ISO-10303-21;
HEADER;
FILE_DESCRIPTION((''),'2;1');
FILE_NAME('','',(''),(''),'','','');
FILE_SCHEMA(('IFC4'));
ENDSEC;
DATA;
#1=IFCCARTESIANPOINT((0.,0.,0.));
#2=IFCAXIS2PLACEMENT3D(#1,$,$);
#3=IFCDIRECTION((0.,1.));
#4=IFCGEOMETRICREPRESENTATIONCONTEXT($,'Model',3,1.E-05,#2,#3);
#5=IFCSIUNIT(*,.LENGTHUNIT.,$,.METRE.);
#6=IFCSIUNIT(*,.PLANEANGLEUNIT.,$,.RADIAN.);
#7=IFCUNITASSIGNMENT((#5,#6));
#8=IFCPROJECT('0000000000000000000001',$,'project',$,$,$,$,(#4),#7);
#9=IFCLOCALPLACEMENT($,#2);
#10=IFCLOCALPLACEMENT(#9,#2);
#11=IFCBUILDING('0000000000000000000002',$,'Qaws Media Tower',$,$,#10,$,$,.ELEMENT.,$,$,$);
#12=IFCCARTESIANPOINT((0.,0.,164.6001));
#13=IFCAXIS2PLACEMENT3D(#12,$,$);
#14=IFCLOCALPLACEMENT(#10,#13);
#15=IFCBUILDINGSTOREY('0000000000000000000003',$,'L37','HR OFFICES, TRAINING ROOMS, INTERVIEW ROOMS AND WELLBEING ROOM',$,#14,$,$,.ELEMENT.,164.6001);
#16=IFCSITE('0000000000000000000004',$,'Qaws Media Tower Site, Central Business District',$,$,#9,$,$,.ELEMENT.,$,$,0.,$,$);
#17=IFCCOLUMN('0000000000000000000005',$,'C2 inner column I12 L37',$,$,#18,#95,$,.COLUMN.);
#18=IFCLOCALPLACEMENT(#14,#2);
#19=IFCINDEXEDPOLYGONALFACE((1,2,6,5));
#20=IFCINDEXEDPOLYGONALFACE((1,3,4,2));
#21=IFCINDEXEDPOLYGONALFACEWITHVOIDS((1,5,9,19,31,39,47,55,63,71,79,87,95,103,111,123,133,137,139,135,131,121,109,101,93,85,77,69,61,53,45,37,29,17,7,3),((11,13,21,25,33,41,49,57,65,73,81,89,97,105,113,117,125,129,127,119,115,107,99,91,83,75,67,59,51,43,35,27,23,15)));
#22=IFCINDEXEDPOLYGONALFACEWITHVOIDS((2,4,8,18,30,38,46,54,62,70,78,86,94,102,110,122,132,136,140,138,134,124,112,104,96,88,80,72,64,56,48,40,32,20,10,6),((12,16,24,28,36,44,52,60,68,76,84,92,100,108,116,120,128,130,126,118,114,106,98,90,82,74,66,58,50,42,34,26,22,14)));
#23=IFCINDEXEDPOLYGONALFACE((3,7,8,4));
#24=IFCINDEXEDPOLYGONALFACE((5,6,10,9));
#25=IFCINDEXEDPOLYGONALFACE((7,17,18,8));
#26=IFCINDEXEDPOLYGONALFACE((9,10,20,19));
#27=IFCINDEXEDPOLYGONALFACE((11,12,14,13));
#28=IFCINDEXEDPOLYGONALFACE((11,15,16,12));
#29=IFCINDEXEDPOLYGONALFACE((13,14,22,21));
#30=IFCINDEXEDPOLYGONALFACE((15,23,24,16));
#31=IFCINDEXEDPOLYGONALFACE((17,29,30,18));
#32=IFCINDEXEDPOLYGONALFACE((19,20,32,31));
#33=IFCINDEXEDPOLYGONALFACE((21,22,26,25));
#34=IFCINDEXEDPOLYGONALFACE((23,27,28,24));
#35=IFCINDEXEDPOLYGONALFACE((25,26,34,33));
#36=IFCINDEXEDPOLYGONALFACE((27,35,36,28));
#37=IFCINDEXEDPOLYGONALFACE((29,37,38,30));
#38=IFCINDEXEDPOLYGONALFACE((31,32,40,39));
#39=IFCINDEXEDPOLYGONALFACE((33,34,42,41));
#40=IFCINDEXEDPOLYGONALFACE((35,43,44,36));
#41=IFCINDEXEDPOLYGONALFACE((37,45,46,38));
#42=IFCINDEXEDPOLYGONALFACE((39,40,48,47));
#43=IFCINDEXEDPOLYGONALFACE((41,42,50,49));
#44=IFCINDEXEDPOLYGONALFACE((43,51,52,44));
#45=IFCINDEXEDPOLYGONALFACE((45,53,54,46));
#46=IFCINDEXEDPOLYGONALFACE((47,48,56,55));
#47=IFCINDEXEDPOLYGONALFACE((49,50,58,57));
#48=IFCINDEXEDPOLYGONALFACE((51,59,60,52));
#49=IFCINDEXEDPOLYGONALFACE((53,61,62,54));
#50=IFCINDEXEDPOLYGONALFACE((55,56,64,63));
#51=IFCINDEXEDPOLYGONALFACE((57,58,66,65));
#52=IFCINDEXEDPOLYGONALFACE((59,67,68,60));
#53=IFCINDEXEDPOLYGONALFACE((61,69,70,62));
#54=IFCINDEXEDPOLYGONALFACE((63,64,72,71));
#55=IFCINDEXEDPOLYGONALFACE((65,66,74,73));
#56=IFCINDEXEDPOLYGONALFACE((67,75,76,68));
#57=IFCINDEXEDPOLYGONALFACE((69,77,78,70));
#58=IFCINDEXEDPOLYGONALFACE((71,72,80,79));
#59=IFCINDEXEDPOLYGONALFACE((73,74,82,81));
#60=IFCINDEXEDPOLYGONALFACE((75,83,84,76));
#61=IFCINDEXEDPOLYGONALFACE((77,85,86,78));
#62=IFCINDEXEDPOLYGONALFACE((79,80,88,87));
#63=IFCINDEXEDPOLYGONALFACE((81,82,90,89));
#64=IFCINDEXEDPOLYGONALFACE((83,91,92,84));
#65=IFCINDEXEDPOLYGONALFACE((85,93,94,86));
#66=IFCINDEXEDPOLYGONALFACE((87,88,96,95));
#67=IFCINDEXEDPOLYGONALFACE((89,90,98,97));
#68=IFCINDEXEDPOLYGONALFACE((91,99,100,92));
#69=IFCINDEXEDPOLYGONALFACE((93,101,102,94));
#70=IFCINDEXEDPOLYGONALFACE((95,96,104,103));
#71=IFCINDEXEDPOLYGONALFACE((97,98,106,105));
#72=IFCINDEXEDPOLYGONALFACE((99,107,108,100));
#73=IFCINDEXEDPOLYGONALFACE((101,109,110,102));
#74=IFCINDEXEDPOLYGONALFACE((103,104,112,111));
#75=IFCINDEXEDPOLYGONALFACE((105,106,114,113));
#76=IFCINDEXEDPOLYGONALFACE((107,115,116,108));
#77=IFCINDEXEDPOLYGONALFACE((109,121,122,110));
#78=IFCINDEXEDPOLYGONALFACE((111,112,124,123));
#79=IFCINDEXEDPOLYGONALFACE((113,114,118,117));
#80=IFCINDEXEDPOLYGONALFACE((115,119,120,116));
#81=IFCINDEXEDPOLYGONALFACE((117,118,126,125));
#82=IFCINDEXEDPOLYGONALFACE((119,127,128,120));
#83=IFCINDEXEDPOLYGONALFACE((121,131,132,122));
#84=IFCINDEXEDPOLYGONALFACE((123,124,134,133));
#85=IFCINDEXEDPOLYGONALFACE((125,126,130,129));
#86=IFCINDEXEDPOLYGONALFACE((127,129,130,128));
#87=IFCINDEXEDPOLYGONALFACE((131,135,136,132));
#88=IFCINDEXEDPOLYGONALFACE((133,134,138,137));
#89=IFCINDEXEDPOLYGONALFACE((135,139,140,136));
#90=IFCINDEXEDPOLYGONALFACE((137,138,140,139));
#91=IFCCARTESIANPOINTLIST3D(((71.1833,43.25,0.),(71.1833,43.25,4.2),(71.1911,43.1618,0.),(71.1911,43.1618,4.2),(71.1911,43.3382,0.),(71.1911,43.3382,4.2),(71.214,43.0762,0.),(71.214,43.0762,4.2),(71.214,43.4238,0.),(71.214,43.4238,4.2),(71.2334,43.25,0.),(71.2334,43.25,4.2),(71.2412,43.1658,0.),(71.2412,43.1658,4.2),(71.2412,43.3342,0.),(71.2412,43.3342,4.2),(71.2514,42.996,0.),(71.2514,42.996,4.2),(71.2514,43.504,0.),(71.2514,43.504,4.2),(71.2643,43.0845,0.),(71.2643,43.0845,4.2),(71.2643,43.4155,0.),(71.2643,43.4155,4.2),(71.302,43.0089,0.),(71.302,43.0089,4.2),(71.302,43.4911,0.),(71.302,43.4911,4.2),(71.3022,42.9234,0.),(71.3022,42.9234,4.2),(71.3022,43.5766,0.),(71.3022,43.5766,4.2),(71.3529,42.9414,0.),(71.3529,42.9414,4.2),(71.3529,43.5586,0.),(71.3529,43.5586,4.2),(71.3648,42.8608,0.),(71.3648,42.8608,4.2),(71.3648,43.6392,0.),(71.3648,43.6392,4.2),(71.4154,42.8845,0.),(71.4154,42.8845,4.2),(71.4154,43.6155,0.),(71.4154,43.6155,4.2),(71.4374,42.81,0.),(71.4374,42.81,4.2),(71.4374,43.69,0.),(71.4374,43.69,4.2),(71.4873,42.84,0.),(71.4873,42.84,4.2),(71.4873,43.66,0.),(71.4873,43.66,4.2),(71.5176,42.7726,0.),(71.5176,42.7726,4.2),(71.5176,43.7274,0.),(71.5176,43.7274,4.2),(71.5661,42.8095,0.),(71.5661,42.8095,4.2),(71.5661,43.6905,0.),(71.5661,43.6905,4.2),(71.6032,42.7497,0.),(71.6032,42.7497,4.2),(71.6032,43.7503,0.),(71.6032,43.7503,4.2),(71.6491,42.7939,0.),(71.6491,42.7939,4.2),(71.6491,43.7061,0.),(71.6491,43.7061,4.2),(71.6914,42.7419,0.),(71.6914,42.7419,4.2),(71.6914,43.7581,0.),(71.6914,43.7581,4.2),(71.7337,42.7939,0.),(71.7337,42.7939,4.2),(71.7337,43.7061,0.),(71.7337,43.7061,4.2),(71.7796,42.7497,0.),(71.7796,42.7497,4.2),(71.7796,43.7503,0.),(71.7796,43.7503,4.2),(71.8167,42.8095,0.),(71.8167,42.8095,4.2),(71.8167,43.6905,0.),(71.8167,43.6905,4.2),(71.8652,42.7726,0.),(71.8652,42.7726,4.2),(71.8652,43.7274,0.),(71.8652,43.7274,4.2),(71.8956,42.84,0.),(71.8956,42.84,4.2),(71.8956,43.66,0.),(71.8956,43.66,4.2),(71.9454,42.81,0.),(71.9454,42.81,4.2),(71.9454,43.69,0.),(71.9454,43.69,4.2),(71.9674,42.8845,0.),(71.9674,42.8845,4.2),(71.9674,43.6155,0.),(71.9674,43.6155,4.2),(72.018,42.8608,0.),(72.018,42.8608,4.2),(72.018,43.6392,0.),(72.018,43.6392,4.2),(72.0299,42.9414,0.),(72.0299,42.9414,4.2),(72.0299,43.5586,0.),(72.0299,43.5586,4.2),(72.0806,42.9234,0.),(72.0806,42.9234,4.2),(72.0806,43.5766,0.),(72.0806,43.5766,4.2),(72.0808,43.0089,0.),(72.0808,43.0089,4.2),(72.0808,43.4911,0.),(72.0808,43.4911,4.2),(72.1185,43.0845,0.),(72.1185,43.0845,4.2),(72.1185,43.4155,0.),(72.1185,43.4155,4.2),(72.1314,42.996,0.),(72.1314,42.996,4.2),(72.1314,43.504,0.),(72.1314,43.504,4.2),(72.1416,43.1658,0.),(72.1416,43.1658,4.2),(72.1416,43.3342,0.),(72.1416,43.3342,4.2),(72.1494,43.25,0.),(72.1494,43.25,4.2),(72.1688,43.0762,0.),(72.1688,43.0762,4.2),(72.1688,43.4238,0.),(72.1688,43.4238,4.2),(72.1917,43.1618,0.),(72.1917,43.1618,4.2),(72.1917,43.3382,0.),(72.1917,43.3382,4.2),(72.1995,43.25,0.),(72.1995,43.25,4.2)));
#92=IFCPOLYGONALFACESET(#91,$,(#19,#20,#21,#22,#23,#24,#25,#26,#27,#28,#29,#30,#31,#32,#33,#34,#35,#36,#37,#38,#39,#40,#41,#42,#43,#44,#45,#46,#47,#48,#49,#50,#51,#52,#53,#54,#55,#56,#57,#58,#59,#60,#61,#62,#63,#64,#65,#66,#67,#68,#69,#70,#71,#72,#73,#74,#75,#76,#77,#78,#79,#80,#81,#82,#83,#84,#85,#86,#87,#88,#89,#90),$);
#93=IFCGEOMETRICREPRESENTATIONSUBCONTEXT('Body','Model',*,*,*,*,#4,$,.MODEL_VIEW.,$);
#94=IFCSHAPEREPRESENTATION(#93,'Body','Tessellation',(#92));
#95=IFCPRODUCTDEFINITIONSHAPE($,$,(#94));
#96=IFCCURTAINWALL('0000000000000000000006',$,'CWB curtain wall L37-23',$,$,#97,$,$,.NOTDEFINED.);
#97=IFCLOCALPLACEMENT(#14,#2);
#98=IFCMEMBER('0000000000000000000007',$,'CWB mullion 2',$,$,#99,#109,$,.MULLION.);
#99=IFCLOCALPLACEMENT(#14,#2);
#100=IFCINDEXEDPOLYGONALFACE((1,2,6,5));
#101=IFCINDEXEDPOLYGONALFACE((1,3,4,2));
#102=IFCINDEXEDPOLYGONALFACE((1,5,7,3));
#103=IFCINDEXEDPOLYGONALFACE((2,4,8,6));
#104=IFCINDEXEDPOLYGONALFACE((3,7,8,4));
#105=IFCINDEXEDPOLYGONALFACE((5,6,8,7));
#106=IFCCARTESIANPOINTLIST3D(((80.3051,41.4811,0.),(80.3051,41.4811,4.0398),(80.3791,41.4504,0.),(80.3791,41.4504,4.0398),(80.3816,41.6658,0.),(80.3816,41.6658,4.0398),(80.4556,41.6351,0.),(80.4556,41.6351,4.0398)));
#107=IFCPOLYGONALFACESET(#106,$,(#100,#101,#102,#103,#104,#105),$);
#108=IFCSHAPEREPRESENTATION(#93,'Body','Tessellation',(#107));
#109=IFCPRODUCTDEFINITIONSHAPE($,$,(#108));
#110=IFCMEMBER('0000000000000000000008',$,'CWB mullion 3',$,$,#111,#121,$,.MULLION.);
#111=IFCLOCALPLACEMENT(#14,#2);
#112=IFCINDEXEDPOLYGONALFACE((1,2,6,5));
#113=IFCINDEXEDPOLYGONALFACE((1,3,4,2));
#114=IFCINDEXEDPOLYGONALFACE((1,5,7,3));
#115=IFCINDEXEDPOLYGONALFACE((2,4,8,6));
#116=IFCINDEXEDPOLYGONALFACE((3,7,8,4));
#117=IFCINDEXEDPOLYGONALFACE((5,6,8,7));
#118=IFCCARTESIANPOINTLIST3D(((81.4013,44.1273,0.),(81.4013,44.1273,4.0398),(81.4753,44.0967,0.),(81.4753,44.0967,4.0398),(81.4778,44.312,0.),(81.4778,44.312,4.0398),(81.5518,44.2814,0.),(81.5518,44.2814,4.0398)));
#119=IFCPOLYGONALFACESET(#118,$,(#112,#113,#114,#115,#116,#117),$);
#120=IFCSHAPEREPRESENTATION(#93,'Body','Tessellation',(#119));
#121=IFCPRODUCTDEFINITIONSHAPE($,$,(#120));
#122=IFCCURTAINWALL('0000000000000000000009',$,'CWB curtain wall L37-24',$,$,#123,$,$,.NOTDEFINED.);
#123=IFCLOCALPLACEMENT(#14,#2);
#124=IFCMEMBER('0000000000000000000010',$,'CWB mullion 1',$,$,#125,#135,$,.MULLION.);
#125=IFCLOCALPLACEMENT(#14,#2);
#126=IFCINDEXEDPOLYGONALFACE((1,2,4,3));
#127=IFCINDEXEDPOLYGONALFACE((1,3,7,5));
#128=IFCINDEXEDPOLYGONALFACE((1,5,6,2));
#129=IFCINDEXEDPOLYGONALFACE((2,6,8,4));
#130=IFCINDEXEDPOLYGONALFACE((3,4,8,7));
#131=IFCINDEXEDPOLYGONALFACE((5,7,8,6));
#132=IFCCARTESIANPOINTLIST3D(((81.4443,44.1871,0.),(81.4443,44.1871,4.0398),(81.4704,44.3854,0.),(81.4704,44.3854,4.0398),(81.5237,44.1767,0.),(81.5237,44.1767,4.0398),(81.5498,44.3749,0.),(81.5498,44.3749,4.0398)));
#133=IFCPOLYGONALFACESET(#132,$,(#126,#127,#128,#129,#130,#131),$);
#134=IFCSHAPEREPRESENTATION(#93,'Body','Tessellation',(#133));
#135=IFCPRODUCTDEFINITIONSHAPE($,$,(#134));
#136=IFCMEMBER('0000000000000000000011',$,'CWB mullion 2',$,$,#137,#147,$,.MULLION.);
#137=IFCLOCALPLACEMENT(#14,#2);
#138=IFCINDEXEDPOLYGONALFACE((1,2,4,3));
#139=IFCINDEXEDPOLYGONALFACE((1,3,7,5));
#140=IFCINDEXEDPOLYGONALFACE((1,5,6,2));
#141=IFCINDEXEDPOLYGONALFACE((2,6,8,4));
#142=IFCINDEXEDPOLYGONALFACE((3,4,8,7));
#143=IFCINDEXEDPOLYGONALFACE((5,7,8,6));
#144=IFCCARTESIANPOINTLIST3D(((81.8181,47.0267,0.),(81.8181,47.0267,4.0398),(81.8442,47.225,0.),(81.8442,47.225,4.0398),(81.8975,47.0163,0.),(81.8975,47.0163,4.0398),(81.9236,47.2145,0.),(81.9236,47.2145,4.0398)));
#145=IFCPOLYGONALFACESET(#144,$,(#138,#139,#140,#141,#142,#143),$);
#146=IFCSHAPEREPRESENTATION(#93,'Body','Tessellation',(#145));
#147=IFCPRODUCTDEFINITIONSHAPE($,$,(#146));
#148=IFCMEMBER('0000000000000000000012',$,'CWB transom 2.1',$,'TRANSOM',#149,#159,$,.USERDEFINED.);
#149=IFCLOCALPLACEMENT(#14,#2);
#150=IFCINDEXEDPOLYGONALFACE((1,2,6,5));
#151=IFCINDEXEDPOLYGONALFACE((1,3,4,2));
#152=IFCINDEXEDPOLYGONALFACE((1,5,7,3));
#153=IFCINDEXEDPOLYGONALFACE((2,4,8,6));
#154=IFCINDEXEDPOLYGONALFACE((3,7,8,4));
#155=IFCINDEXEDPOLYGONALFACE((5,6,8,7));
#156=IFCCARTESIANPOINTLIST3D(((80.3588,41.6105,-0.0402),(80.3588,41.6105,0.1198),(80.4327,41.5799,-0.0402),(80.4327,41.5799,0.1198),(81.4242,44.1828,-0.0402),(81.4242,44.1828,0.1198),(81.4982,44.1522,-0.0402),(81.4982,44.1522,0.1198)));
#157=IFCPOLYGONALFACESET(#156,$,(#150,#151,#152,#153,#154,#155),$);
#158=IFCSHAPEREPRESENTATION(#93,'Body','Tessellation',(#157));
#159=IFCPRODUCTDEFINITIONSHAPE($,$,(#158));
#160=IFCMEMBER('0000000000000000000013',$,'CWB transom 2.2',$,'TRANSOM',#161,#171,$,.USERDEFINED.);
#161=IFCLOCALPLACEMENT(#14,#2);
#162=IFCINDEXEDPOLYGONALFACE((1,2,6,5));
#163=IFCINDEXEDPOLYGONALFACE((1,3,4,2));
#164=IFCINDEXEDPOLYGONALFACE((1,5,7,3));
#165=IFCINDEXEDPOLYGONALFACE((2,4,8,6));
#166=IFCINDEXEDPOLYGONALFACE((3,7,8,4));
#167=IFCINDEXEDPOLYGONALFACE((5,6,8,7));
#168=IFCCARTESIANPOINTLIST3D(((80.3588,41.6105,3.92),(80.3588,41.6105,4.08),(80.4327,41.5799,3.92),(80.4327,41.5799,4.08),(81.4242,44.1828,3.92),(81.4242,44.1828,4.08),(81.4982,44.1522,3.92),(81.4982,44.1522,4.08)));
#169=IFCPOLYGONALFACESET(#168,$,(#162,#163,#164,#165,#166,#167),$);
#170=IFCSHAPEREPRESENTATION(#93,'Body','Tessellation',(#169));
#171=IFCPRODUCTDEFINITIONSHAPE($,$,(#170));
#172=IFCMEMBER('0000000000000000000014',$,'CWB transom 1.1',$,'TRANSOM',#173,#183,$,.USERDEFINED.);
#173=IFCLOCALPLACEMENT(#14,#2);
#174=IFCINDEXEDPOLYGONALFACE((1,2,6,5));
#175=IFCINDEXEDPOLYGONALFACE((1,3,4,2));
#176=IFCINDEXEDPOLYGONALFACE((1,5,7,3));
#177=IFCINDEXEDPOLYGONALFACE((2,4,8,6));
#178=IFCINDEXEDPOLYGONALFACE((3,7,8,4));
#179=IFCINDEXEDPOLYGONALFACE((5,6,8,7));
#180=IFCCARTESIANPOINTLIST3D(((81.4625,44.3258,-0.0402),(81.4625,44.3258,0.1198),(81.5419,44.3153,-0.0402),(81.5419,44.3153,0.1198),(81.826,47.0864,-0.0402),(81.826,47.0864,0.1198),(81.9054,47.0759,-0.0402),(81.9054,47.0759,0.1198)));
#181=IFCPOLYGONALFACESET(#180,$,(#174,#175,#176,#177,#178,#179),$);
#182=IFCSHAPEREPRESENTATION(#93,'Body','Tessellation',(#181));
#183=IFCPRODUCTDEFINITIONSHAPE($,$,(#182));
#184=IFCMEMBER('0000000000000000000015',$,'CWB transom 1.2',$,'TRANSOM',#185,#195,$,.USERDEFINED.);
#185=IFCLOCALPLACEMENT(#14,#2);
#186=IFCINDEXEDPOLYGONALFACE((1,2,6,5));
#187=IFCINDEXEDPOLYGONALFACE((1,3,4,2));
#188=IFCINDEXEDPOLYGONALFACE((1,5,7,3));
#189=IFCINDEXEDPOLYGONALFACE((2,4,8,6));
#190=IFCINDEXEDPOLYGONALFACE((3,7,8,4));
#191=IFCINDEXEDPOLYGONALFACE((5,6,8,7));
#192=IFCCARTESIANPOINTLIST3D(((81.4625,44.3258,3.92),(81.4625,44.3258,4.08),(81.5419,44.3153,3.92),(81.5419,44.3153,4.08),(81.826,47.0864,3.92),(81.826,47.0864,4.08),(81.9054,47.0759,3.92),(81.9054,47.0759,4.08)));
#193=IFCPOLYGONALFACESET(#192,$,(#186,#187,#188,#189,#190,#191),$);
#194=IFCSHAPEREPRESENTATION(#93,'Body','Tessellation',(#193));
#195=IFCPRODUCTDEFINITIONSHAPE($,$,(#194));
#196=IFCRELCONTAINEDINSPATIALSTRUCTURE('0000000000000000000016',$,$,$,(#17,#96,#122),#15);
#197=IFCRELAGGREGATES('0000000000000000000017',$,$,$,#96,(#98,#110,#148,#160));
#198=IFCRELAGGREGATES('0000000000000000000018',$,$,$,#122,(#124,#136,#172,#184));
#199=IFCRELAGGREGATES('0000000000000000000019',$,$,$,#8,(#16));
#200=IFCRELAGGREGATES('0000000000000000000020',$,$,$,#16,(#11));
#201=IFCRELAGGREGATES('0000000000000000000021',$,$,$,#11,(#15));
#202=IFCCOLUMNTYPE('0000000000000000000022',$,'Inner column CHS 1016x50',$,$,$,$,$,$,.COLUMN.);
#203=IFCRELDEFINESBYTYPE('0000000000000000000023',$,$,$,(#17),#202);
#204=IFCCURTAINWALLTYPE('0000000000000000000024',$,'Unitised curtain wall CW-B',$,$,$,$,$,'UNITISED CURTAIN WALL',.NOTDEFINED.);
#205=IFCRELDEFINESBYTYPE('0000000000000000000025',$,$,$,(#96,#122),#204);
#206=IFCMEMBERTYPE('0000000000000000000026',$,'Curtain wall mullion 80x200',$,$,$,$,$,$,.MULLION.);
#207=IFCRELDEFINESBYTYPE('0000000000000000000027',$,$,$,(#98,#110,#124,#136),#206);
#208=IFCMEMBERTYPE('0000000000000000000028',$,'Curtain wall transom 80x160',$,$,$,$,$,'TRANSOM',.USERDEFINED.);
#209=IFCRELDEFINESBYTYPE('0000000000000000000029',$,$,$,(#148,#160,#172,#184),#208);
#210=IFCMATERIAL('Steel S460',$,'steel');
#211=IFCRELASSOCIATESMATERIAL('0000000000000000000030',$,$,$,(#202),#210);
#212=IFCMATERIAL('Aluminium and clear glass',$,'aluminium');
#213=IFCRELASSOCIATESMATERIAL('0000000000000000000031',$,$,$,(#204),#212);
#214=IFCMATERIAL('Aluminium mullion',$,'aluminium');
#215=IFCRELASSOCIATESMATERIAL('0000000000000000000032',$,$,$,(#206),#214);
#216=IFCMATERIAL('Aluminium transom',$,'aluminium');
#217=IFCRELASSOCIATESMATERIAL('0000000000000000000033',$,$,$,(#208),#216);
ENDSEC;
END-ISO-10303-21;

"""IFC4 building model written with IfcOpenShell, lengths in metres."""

from ifc_helpers import new_model, si_unit, direction, frame, origin, origin_2d, place, context, subcontext, project, spatial, rectangle, hollow_circle, extrude, material, material_profile, profile_set, type_object, element, aggregate, save


model = new_model("IFC4")

# Units and contexts
model_context = context("Model", 3, precision=1e-05, world=origin(), true_north=direction((0.0, 1.0)))
body_context = subcontext(model_context, "Body", "Model", "MODEL_VIEW")
ifc_project = project(units=[si_unit("LENGTHUNIT", "METRE"), si_unit("PLANEANGLEUNIT", "RADIAN")], contexts=[model_context])

# Site, building, storey
site_placement = place(None, origin())
site = spatial("IfcSite", under=ifc_project, at=site_placement, Name="Qaws Media Tower Site, Central Business District", CompositionType="ELEMENT", RefElevation=0.0)
building_placement = place(site_placement, origin())
building = spatial("IfcBuilding", under=site, at=building_placement, Name="Qaws Media Tower", CompositionType="ELEMENT")
storey_placement = place(building_placement, frame((0.0, 0.0, 164.6001)))
storey = spatial("IfcBuildingStorey", under=building, at=storey_placement, Name="L37", Description="HR OFFICES, TRAINING ROOMS, INTERVIEW ROOMS AND WELLBEING ROOM", CompositionType="ELEMENT", Elevation=164.6001)

# Column
ifc_material_1 = material(Name="Steel S460", Category="steel")
ifc_material_profile_1 = material_profile(ifc_material_1, hollow_circle(Radius=0.5081, WallThickness=0.05, at=origin_2d()), Name="CHS 1016x50")
ifc_profile_set_1 = profile_set([ifc_material_profile_1], Name="Steel S460")
column_type = type_object("IfcColumnType", Name="Inner column CHS 1016x50", PredefinedType="COLUMN", material=ifc_profile_set_1)
column_placement = place(storey_placement, frame((71.6914, 43.25, 0.0), z_axis=(0.0, 0.0, 1.0), x_axis=(1.0, 0.0, 0.0)))
element("IfcColumn", 1, at=column_placement, inside=storey, type_object=column_type, Name="C2 inner column I12 L37", PredefinedType="COLUMN", context=body_context, shape_type="SweptSolid", body=[
    extrude(hollow_circle(Radius=0.5081, WallThickness=0.05, at=origin_2d()), origin(), (0.0, 0.0, 1.0), 4.2),
])

# Curtain walls, members
ifc_material_2 = material(Name="Aluminium and clear glass", Category="aluminium")
curtain_wall_type = type_object("IfcCurtainWallType", Name="Unitised curtain wall CW-B", ElementType="UNITISED CURTAIN WALL", PredefinedType="NOTDEFINED", material=ifc_material_2)
curtain_wall_1_placement = place(storey_placement, origin())
curtain_wall_1 = element("IfcCurtainWall", 2, at=curtain_wall_1_placement, inside=storey, type_object=curtain_wall_type, Name="CWB curtain wall L37-23", PredefinedType="NOTDEFINED")
ifc_material_3 = material(Name="Aluminium mullion", Category="aluminium")
ifc_material_profile_2 = material_profile(ifc_material_3, rectangle(XDim=0.0801, YDim=0.2, at=origin_2d()), Name="80x200")
ifc_profile_set_2 = profile_set([ifc_material_profile_2], Name="Aluminium mullion")
member_type_1 = type_object("IfcMemberType", Name="Curtain wall mullion 80x200", PredefinedType="MULLION", material=ifc_profile_set_2)
member_1_placement = place(storey_placement, frame((80.3804, 41.5581, 0.0), z_axis=(0.0, 0.0, 1.0), x_axis=(-0.923879, 0.382684, 0.0)))
member_1 = element("IfcMember", 3, at=member_1_placement, type_object=member_type_1, Name="CWB mullion 2", PredefinedType="MULLION", context=body_context, shape_type="SweptSolid", body=[
    extrude(rectangle(XDim=0.0801, YDim=0.2, at=origin_2d()), origin(), (0.0, 0.0, 1.0), 4.0398),
])
member_2_placement = place(storey_placement, frame((81.4766, 44.2043, 0.0), z_axis=(0.0, 0.0, 1.0), x_axis=(-0.923879, 0.382684, 0.0)))
member_2 = element("IfcMember", 4, at=member_2_placement, type_object=member_type_1, Name="CWB mullion 3", PredefinedType="MULLION", context=body_context, shape_type="SweptSolid", body=[
    extrude(rectangle(XDim=0.0801, YDim=0.2, at=origin_2d()), origin(), (0.0, 0.0, 1.0), 4.0398),
])
curtain_wall_2_placement = place(storey_placement, origin())
curtain_wall_2 = element("IfcCurtainWall", 5, at=curtain_wall_2_placement, inside=storey, type_object=curtain_wall_type, Name="CWB curtain wall L37-24", PredefinedType="NOTDEFINED")
member_3_placement = place(storey_placement, frame((81.4971, 44.281, 0.0), z_axis=(0.0, 0.0, 1.0), x_axis=(-0.991445, 0.130526, 0.0)))
member_3 = element("IfcMember", 6, at=member_3_placement, type_object=member_type_1, Name="CWB mullion 1", PredefinedType="MULLION", context=body_context, shape_type="SweptSolid", body=[
    extrude(rectangle(XDim=0.0801, YDim=0.2, at=origin_2d()), origin(), (0.0, 0.0, 1.0), 4.0398),
])
member_4_placement = place(storey_placement, frame((81.8708, 47.1206, 0.0), z_axis=(0.0, 0.0, 1.0), x_axis=(-0.991445, 0.130526, 0.0)))
member_4 = element("IfcMember", 7, at=member_4_placement, type_object=member_type_1, Name="CWB mullion 2", PredefinedType="MULLION", context=body_context, shape_type="SweptSolid", body=[
    extrude(rectangle(XDim=0.0801, YDim=0.2, at=origin_2d()), origin(), (0.0, 0.0, 1.0), 4.0398),
])

# Members
ifc_material_4 = material(Name="Aluminium transom", Category="aluminium")
ifc_material_profile_3 = material_profile(ifc_material_4, rectangle(XDim=0.0801, YDim=0.1599, at=origin_2d()), Name="80x160")
ifc_profile_set_3 = profile_set([ifc_material_profile_3], Name="Aluminium transom")
member_type_2 = type_object("IfcMemberType", Name="Curtain wall transom 80x160", ElementType="TRANSOM", PredefinedType="USERDEFINED", material=ifc_profile_set_3)
member_5_placement = place(storey_placement, frame((80.3958, 41.5952, 0.0398), z_axis=(0.382672, 0.923884, 0.0), x_axis=(-0.923884, 0.382672, 0.0)))
member_5 = element("IfcMember", 8, at=member_5_placement, type_object=member_type_2, Name="CWB transom 2.1", ObjectType="TRANSOM", PredefinedType="USERDEFINED", context=body_context, shape_type="SweptSolid", body=[
    extrude(rectangle(XDim=0.0801, YDim=0.1599, at=origin_2d()), origin(), (0.0, 0.0, 1.0), 2.7842),
])
member_6_placement = place(storey_placement, frame((80.3958, 41.5952, 4.0), z_axis=(0.382672, 0.923884, 0.0), x_axis=(-0.923884, 0.382672, 0.0)))
member_6 = element("IfcMember", 9, at=member_6_placement, type_object=member_type_2, Name="CWB transom 2.2", ObjectType="TRANSOM", PredefinedType="USERDEFINED", context=body_context, shape_type="SweptSolid", body=[
    extrude(rectangle(XDim=0.0801, YDim=0.1599, at=origin_2d()), origin(), (0.0, 0.0, 1.0), 2.7842),
])
member_7_placement = place(storey_placement, frame((81.5022, 44.3206, 0.0398), z_axis=(0.130561, 0.99144, 0.0), x_axis=(-0.99144, 0.130561, 0.0)))
member_7 = element("IfcMember", 10, at=member_7_placement, type_object=member_type_2, Name="CWB transom 1.1", ObjectType="TRANSOM", PredefinedType="USERDEFINED", context=body_context, shape_type="SweptSolid", body=[
    extrude(rectangle(XDim=0.0801, YDim=0.1599, at=origin_2d()), origin(), (0.0, 0.0, 1.0), 2.7844),
])
member_8_placement = place(storey_placement, frame((81.5022, 44.3206, 4.0), z_axis=(0.130561, 0.99144, 0.0), x_axis=(-0.99144, 0.130561, 0.0)))
member_8 = element("IfcMember", 11, at=member_8_placement, type_object=member_type_2, Name="CWB transom 1.2", ObjectType="TRANSOM", PredefinedType="USERDEFINED", context=body_context, shape_type="SweptSolid", body=[
    extrude(rectangle(XDim=0.0801, YDim=0.1599, at=origin_2d()), origin(), (0.0, 0.0, 1.0), 2.7844),
])

aggregate(curtain_wall_1, [member_1, member_2, member_5, member_6])
aggregate(curtain_wall_2, [member_3, member_4, member_7, member_8])

save(model, "model.ifc")
